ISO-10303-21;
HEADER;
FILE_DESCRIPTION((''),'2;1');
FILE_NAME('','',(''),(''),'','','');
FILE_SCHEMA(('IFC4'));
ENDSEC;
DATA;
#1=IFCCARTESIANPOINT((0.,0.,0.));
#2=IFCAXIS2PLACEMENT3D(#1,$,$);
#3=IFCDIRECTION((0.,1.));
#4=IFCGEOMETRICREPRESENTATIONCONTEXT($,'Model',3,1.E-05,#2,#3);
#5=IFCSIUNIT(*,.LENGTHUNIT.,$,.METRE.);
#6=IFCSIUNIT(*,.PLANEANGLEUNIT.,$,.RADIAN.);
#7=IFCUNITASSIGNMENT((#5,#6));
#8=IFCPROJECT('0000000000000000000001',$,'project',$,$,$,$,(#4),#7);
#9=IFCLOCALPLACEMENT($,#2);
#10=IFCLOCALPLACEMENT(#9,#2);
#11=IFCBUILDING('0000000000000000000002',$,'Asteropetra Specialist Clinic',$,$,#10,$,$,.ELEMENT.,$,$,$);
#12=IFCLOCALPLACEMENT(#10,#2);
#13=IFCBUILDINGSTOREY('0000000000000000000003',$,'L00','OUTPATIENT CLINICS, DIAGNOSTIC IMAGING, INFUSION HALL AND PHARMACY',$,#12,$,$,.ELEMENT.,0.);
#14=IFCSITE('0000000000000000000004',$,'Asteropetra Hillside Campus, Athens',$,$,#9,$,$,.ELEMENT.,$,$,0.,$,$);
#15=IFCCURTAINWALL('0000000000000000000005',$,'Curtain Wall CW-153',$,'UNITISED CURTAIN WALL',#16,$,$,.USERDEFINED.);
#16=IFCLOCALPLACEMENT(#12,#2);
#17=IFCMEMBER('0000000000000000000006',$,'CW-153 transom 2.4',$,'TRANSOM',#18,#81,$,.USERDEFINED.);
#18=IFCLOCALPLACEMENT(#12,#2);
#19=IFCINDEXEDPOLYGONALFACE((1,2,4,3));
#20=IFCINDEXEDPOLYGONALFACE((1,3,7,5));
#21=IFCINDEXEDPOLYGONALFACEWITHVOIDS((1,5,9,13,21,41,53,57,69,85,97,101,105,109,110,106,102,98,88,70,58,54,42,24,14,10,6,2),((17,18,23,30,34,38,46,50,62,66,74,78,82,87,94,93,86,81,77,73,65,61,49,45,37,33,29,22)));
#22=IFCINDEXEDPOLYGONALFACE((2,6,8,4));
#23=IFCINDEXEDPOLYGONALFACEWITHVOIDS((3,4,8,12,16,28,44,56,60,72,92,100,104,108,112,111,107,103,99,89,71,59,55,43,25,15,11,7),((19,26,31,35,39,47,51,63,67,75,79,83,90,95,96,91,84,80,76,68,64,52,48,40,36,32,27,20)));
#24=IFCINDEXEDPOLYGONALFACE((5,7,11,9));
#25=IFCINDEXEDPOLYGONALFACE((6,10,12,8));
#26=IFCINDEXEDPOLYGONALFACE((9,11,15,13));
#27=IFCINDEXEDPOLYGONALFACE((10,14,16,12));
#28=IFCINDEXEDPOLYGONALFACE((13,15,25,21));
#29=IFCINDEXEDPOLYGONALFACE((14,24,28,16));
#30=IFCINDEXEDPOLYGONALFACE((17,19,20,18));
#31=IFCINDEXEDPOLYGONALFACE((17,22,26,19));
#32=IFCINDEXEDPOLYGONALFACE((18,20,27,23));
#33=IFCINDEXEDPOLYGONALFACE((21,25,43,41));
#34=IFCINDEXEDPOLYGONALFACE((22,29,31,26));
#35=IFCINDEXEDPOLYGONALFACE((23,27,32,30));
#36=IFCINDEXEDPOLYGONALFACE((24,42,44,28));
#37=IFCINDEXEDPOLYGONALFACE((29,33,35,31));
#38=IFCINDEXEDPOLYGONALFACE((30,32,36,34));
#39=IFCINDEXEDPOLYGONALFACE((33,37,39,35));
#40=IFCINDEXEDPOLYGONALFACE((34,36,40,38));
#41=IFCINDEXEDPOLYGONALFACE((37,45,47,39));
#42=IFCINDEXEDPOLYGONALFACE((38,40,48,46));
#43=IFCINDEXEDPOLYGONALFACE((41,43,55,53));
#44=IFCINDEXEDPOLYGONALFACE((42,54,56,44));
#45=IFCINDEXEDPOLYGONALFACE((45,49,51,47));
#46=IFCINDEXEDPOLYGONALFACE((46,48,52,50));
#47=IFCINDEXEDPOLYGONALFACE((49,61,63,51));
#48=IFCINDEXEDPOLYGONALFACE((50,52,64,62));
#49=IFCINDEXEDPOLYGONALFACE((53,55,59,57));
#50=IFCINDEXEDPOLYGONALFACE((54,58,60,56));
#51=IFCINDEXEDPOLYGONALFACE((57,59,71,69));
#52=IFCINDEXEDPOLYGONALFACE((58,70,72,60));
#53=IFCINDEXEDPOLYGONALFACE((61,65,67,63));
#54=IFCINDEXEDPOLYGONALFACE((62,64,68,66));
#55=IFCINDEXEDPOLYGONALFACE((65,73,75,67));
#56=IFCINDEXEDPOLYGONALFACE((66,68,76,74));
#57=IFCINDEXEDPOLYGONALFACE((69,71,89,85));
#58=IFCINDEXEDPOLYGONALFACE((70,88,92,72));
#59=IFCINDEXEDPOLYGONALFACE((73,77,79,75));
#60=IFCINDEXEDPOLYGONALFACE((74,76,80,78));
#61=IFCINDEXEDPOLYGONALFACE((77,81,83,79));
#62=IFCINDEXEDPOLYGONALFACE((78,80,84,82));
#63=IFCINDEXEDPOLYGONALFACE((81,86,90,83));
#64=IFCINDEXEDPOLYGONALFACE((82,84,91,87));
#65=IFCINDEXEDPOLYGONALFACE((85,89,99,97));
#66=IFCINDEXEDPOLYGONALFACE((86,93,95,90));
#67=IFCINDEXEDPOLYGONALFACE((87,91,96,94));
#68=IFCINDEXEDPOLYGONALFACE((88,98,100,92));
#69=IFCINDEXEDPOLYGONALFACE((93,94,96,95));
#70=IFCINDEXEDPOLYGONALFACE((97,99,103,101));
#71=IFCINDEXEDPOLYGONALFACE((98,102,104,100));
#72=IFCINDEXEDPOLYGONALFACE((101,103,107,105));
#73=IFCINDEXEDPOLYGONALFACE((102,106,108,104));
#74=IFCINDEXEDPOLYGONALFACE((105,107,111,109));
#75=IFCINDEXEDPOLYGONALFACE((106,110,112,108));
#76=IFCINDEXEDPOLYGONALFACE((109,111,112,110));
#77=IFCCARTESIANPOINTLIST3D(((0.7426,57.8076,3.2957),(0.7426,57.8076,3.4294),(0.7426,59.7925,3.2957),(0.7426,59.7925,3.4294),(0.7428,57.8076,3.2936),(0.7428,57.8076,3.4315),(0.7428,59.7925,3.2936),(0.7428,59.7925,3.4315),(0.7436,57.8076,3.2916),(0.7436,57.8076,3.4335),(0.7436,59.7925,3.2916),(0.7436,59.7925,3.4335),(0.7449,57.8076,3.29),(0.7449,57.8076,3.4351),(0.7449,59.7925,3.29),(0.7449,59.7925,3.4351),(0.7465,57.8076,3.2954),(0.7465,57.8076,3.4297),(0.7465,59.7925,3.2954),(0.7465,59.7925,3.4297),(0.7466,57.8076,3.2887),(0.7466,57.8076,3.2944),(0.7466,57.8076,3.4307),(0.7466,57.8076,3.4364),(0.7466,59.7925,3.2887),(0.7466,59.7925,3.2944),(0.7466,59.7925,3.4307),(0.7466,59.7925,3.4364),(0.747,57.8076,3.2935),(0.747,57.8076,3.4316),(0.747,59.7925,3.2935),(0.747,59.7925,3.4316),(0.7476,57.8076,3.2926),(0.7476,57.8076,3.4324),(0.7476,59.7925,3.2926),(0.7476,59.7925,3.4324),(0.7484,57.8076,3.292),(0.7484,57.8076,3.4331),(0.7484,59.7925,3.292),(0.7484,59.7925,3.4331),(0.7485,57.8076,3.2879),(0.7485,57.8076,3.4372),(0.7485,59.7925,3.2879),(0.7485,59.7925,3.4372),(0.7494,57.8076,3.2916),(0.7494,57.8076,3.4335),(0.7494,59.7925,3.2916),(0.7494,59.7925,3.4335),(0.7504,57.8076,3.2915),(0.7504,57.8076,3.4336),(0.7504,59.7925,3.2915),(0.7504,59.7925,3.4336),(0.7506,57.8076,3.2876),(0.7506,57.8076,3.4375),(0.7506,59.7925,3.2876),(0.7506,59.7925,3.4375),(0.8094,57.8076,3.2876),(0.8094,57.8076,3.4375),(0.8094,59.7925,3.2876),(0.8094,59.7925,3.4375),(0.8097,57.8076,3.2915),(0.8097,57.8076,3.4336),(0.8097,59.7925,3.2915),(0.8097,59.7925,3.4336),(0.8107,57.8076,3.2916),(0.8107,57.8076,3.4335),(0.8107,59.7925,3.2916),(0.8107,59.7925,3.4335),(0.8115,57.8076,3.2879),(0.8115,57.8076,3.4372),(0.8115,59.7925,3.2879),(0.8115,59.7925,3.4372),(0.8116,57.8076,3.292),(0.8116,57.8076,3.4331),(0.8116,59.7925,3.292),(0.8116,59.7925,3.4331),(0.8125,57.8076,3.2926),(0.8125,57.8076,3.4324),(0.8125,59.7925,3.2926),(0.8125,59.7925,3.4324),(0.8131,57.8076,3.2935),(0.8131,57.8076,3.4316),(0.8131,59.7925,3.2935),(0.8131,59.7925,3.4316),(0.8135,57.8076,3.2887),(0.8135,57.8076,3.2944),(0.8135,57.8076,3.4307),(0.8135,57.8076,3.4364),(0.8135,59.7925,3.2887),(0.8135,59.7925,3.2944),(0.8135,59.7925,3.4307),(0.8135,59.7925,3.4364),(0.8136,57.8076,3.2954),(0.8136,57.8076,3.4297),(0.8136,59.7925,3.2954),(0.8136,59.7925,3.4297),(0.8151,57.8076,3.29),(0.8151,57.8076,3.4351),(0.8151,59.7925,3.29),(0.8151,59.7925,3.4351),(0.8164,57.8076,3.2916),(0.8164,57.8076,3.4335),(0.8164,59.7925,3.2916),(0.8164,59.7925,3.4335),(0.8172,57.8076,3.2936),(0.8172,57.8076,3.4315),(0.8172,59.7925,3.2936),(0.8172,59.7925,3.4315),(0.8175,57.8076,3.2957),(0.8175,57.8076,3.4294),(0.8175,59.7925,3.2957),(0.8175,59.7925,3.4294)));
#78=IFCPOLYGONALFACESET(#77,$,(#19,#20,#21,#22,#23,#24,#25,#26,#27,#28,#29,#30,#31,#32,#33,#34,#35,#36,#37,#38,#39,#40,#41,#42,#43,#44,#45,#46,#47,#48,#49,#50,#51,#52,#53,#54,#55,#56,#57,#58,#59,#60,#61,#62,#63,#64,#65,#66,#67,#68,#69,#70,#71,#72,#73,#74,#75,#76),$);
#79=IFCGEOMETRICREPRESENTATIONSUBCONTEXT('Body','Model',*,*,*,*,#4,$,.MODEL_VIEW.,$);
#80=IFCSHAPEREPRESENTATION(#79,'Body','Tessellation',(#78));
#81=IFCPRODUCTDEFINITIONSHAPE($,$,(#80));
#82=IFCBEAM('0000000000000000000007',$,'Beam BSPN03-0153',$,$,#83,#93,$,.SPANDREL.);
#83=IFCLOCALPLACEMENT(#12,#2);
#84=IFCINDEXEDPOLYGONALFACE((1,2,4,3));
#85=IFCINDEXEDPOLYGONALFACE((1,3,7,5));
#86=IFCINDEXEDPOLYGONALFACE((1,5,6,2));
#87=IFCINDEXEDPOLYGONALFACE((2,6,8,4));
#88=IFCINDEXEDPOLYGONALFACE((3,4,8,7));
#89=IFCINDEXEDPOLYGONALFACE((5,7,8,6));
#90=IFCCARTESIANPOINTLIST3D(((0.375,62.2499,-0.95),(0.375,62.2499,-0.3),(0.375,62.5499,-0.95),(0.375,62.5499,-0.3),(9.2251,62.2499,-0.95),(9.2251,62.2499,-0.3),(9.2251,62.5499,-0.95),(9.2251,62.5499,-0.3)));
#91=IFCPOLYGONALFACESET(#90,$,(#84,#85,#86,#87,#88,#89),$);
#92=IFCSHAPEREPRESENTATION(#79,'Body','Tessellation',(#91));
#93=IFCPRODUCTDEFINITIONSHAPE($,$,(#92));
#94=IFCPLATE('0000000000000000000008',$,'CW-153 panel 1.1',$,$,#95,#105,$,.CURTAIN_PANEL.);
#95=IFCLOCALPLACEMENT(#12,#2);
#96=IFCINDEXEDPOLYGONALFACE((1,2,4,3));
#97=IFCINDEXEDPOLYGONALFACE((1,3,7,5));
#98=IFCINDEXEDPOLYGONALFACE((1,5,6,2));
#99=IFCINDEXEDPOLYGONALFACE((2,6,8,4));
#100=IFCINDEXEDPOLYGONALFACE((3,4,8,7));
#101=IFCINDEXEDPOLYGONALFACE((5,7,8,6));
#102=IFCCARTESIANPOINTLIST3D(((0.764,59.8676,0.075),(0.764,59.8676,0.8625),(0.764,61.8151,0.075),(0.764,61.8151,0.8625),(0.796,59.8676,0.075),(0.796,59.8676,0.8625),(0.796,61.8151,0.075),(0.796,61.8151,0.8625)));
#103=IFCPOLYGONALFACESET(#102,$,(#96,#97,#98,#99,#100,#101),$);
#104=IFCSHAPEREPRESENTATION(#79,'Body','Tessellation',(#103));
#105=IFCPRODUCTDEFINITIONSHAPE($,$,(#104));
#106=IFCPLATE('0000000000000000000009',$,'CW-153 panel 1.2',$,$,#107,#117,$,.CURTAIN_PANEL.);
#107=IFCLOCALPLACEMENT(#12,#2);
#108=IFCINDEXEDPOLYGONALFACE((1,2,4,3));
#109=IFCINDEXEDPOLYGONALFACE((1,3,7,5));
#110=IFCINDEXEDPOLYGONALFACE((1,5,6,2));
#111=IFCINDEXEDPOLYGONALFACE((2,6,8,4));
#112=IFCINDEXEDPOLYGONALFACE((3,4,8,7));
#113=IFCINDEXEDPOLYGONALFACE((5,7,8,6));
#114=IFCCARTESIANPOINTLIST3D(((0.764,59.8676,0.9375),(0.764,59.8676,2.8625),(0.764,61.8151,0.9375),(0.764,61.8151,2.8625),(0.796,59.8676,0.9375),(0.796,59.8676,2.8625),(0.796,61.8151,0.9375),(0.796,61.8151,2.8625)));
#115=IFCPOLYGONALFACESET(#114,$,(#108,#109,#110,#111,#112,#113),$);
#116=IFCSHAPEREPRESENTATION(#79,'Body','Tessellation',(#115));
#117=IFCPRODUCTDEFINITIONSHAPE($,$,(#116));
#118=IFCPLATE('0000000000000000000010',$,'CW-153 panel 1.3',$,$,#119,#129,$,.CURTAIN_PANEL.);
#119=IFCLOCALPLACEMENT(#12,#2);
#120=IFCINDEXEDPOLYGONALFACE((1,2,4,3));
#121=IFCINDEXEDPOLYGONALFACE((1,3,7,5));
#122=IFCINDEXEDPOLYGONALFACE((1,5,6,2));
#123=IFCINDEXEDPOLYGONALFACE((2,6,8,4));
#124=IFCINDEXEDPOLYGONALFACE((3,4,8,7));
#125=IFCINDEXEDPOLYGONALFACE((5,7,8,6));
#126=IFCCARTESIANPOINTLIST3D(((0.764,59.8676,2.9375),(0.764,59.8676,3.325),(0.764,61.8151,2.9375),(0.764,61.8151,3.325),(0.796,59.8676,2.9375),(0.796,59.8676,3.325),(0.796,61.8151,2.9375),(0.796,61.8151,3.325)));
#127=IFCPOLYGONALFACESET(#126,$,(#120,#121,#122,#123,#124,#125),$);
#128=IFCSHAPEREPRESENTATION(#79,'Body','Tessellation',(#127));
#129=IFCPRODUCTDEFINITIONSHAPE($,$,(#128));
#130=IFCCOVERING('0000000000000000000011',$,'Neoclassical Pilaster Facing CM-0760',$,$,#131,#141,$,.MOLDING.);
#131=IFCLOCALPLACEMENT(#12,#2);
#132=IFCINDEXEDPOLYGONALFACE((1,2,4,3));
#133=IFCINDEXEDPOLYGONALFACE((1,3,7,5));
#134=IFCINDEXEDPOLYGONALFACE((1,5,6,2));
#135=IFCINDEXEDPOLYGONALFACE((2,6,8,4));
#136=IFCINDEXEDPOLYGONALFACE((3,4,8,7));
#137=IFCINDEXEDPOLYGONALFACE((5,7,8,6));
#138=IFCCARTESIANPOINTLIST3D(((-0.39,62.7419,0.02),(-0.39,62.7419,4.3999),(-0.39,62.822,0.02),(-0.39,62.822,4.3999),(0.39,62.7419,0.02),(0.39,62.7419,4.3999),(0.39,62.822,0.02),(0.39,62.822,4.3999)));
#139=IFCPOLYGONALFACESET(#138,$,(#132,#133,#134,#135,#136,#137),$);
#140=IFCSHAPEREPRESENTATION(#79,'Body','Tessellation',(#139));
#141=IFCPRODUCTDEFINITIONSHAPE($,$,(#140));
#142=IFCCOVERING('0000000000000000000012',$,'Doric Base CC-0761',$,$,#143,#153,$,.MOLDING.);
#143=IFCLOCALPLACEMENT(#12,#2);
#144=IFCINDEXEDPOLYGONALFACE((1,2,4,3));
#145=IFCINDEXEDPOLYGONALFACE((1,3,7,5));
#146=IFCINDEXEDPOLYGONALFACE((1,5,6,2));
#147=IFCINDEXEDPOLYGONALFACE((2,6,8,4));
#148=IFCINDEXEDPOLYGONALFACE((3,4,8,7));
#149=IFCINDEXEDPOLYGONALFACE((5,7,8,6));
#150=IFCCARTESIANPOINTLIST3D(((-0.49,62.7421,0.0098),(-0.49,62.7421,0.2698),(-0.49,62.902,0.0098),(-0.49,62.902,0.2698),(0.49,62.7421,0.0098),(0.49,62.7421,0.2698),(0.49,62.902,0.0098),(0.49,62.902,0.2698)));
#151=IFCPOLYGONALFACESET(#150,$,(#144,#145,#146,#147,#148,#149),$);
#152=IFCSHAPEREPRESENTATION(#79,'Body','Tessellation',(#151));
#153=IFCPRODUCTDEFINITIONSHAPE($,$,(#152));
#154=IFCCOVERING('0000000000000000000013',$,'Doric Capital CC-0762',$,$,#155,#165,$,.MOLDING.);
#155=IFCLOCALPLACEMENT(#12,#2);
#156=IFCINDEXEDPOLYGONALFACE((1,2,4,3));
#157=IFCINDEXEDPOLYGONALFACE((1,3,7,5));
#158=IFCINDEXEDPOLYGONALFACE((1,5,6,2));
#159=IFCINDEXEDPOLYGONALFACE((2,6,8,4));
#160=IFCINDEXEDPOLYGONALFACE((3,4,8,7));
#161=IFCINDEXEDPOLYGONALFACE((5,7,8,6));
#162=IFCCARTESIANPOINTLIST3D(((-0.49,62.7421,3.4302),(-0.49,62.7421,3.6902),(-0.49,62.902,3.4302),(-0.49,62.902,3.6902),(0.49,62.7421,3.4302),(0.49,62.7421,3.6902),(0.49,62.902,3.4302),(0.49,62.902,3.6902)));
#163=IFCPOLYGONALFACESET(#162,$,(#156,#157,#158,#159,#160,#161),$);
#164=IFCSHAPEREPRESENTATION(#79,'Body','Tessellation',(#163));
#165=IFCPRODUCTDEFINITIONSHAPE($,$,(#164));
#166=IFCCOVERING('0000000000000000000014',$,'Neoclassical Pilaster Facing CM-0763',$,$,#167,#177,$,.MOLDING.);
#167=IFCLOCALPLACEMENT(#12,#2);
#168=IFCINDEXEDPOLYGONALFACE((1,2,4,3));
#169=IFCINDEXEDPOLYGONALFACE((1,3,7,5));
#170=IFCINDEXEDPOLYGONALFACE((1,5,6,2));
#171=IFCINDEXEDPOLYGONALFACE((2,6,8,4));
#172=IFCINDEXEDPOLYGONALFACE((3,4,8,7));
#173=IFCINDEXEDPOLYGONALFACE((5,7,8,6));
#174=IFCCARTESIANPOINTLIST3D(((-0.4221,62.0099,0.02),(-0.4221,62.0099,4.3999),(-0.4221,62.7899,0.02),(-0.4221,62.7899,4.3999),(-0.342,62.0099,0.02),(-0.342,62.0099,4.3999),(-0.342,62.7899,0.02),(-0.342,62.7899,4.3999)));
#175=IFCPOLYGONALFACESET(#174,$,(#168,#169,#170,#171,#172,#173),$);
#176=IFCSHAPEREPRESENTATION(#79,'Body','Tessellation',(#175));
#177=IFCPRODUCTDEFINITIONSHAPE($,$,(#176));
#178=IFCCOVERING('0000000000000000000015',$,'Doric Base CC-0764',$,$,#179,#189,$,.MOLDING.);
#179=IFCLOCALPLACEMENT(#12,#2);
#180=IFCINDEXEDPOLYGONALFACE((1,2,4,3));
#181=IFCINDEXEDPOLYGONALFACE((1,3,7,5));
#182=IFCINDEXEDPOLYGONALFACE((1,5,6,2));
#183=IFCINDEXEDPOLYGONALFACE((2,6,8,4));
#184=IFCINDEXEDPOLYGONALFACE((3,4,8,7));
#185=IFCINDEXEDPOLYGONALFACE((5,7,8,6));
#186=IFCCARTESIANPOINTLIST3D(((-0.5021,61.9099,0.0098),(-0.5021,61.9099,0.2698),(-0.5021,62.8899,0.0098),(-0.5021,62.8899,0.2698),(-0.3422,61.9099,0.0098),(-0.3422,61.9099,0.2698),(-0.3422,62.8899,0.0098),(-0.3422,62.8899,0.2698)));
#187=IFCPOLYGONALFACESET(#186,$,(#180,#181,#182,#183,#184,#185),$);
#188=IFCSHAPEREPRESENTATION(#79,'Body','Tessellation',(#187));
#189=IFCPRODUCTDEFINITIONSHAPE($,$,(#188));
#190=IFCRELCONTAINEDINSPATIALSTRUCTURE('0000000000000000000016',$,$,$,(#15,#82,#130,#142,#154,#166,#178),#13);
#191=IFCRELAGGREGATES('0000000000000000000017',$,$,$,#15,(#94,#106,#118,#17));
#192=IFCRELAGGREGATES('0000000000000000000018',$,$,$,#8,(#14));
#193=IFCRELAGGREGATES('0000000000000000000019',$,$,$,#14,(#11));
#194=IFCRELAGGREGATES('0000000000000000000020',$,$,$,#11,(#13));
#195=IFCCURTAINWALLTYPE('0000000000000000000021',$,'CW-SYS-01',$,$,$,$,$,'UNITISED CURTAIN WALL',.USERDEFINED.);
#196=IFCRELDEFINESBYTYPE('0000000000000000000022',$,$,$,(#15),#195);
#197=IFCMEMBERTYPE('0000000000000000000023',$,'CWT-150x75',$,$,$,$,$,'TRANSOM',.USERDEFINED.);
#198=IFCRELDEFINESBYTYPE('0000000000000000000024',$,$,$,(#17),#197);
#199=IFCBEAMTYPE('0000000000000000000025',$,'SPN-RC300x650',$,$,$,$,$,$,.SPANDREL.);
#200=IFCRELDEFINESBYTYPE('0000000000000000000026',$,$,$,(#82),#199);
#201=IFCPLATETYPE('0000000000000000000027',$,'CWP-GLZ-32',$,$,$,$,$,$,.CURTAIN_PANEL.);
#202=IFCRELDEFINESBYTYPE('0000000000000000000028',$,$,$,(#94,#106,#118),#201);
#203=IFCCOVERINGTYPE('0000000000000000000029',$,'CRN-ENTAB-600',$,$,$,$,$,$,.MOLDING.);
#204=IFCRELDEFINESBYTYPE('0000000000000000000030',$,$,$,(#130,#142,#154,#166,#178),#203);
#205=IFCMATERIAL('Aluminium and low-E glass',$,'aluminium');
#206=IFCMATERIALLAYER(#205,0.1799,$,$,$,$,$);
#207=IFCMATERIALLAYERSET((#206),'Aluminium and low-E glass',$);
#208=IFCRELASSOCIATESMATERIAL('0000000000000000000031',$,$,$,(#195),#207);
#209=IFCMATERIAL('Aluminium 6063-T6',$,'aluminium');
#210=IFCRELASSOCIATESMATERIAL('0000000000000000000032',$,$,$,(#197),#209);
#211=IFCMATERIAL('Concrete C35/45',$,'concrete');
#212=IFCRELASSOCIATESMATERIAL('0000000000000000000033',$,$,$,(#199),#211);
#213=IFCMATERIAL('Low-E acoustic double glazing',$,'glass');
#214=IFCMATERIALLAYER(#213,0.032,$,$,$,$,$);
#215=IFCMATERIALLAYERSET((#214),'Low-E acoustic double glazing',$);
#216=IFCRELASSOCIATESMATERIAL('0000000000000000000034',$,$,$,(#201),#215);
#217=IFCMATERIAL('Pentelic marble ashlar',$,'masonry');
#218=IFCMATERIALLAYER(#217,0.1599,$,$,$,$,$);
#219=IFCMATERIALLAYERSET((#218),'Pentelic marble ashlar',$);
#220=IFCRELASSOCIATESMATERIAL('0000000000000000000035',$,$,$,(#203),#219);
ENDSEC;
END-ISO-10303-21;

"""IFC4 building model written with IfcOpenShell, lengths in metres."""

from ifc_helpers import new_model, si_unit, direction, frame, origin, origin_2d, place, context, subcontext, project, spatial, rectangle, hollow_rectangle, extrude, material, layer, layer_set, material_profile, profile_set, type_object, element, aggregate, save


model = new_model("IFC4")

# Units and contexts
model_context = context("Model", 3, precision=1e-05, world=origin(), true_north=direction((0.0, 1.0)))
body_context = subcontext(model_context, "Body", "Model", "MODEL_VIEW")
ifc_project = project(units=[si_unit("LENGTHUNIT", "METRE"), si_unit("PLANEANGLEUNIT", "RADIAN")], contexts=[model_context])

# Site, building, storey
site_placement = place(None, origin())
site = spatial("IfcSite", under=ifc_project, at=site_placement, Name="Asteropetra Hillside Campus, Athens", CompositionType="ELEMENT", RefElevation=0.0)
building_placement = place(site_placement, origin())
building = spatial("IfcBuilding", under=site, at=building_placement, Name="Asteropetra Specialist Clinic", CompositionType="ELEMENT")
storey_placement = place(building_placement, origin())
storey = spatial("IfcBuildingStorey", under=building, at=storey_placement, Name="L00", Description="OUTPATIENT CLINICS, DIAGNOSTIC IMAGING, INFUSION HALL AND PHARMACY", CompositionType="ELEMENT", Elevation=0.0)

# Curtain wall, member
ifc_material_1 = material(Name="Aluminium and low-E glass", Category="aluminium")
ifc_layer_1 = layer(ifc_material_1, 0.1799)
ifc_layer_set_1 = layer_set([ifc_layer_1], Name="Aluminium and low-E glass")
curtain_wall_type_1 = type_object("IfcCurtainWallType", Name="CW-SYS-01", ElementType="UNITISED CURTAIN WALL", PredefinedType="USERDEFINED", material=ifc_layer_set_1)
curtain_wall_1_placement = place(storey_placement, origin())
curtain_wall_1 = element("IfcCurtainWall", 1, at=curtain_wall_1_placement, inside=storey, type_object=curtain_wall_type_1, Name="Curtain Wall CW-153", ObjectType="UNITISED CURTAIN WALL", PredefinedType="USERDEFINED")
ifc_material_2 = material(Name="Aluminium 6063-T6", Category="aluminium")
ifc_material_profile_1 = material_profile(ifc_material_2, hollow_rectangle(XDim=0.075, YDim=0.1499, WallThickness=0.0039, InnerFilletRadius=0.0039, OuterFilletRadius=0.0081, at=origin_2d()), Name="TRN 150x75x4.0")
ifc_profile_set_1 = profile_set([ifc_material_profile_1], Name="Aluminium 6063-T6")
member_type_1 = type_object("IfcMemberType", Name="CWT-150x75", ElementType="TRANSOM", PredefinedType="USERDEFINED", material=ifc_profile_set_1)
member_1_placement = place(storey_placement, frame((0.78, 59.7925, 3.3625), z_axis=(0.0, -1.0, 0.0), x_axis=(1.0, 0.0, 0.0)))
member_1 = element("IfcMember", 2, at=member_1_placement, type_object=member_type_1, Name="CW-153 transom 2.4", ObjectType="TRANSOM", PredefinedType="USERDEFINED", context=body_context, shape_type="SweptSolid", body=[
    extrude(hollow_rectangle(XDim=0.075, YDim=0.1499, WallThickness=0.0039, InnerFilletRadius=0.0039, OuterFilletRadius=0.0081, at=origin_2d()), origin(), (0.0, 0.0, 1.0), 1.9849),
])

# Beam
ifc_material_3 = material(Name="Concrete C35/45", Category="concrete")
ifc_material_profile_2 = material_profile(ifc_material_3, rectangle(XDim=0.3, YDim=0.6499, at=origin_2d()), Name="RCS 300x650")
ifc_profile_set_2 = profile_set([ifc_material_profile_2], Name="Concrete C35/45")
beam_type = type_object("IfcBeamType", Name="SPN-RC300x650", PredefinedType="SPANDREL", material=ifc_profile_set_2)
beam_placement = place(storey_placement, frame((0.375, 62.3999, -0.625), z_axis=(1.0, 0.0, 0.0), x_axis=(0.0, 1.0, 0.0)))
element("IfcBeam", 3, at=beam_placement, inside=storey, type_object=beam_type, Name="Beam BSPN03-0153", PredefinedType="SPANDREL", context=body_context, shape_type="SweptSolid", body=[
    extrude(rectangle(XDim=0.3, YDim=0.6499, at=origin_2d()), origin(), (0.0, 0.0, 1.0), 8.8501),
])

# Plates
ifc_material_4 = material(Name="Low-E acoustic double glazing", Category="glass")
ifc_layer_2 = layer(ifc_material_4, 0.032)
ifc_layer_set_2 = layer_set([ifc_layer_2], Name="Low-E acoustic double glazing")
plate_type = type_object("IfcPlateType", Name="CWP-GLZ-32", PredefinedType="CURTAIN_PANEL", material=ifc_layer_set_2)
plate_1_placement = place(storey_placement, frame((0.78, 60.8413, 0.075), z_axis=(0.0, 0.0, 1.0), x_axis=(0.0, -1.0, 0.0)))
plate_1 = element("IfcPlate", 4, at=plate_1_placement, type_object=plate_type, Name="CW-153 panel 1.1", PredefinedType="CURTAIN_PANEL", context=body_context, shape_type="SweptSolid", body=[
    extrude(rectangle(XDim=1.9475, YDim=0.032, at=origin_2d()), origin(), (0.0, 0.0, 1.0), 0.7876),
])
plate_2_placement = place(storey_placement, frame((0.78, 60.8413, 0.9375), z_axis=(0.0, 0.0, 1.0), x_axis=(0.0, -1.0, 0.0)))
plate_2 = element("IfcPlate", 5, at=plate_2_placement, type_object=plate_type, Name="CW-153 panel 1.2", PredefinedType="CURTAIN_PANEL", context=body_context, shape_type="SweptSolid", body=[
    extrude(rectangle(XDim=1.9475, YDim=0.032, at=origin_2d()), origin(), (0.0, 0.0, 1.0), 1.925),
])
plate_3_placement = place(storey_placement, frame((0.78, 60.8413, 2.9375), z_axis=(0.0, 0.0, 1.0), x_axis=(0.0, -1.0, 0.0)))
plate_3 = element("IfcPlate", 6, at=plate_3_placement, type_object=plate_type, Name="CW-153 panel 1.3", PredefinedType="CURTAIN_PANEL", context=body_context, shape_type="SweptSolid", body=[
    extrude(rectangle(XDim=1.9475, YDim=0.032, at=origin_2d()), origin(), (0.0, 0.0, 1.0), 0.3875),
])
aggregate(curtain_wall_1, [plate_1, plate_2, plate_3, member_1])

# Coverings
ifc_material_5 = material(Name="Pentelic marble ashlar", Category="masonry")
ifc_layer_3 = layer(ifc_material_5, 0.1599)
ifc_layer_set_3 = layer_set([ifc_layer_3], Name="Pentelic marble ashlar")
covering_type = type_object("IfcCoveringType", Name="CRN-ENTAB-600", PredefinedType="MOLDING", material=ifc_layer_set_3)
covering_1_placement = place(storey_placement, frame((0.0, 62.782, 0.02), z_axis=(0.0, 0.0, 1.0), x_axis=(1.0, 0.0, 0.0)))
element("IfcCovering", 7, at=covering_1_placement, inside=storey, type_object=covering_type, Name="Neoclassical Pilaster Facing CM-0760", PredefinedType="MOLDING", context=body_context, shape_type="SweptSolid", body=[
    extrude(rectangle(XDim=0.78, YDim=0.0801, at=origin_2d()), origin(), (0.0, 0.0, 1.0), 4.3799),
])
for number, where, z_axis, x_axis, name in (
    (8, (0.0, 62.822, 0.0098), (0.0, 0.0, 1.0), (1.0, 0.0, 0.0), "Doric Base CC-0761"),
    (9, (0.0, 62.822, 3.4302), (0.0, 0.0, 1.0), (1.0, 0.0, 0.0), "Doric Capital CC-0762"),
):
    element("IfcCovering", number, at=place(storey_placement, frame(where, z_axis=z_axis, x_axis=x_axis)), inside=storey, type_object=covering_type, Name=name, PredefinedType="MOLDING", context=body_context, shape_type="SweptSolid", body=[
        extrude(rectangle(XDim=0.98, YDim=0.1599, at=origin_2d()), origin(), (0.0, 0.0, 1.0), 0.26),
    ])
covering_2_placement = place(storey_placement, frame((-0.3821, 62.3999, 0.02), z_axis=(0.0, 0.0, 1.0), x_axis=(1.0, 0.0, 0.0)))
element("IfcCovering", 10, at=covering_2_placement, inside=storey, type_object=covering_type, Name="Neoclassical Pilaster Facing CM-0763", PredefinedType="MOLDING", context=body_context, shape_type="SweptSolid", body=[
    extrude(rectangle(XDim=0.0801, YDim=0.78, at=origin_2d()), origin(), (0.0, 0.0, 1.0), 4.3799),
])
for number, where, z_axis, x_axis, name in (
    (11, (-0.4221, 62.3999, 0.0098), (0.0, 0.0, 1.0), (1.0, 0.0, 0.0), "Doric Base CC-0764"),
):
    element("IfcCovering", number, at=place(storey_placement, frame(where, z_axis=z_axis, x_axis=x_axis)), inside=storey, type_object=covering_type, Name=name, PredefinedType="MOLDING", context=body_context, shape_type="SweptSolid", body=[
        extrude(rectangle(XDim=0.1599, YDim=0.98, at=origin_2d()), origin(), (0.0, 0.0, 1.0), 0.26),
    ])

save(model, "model.ifc")
